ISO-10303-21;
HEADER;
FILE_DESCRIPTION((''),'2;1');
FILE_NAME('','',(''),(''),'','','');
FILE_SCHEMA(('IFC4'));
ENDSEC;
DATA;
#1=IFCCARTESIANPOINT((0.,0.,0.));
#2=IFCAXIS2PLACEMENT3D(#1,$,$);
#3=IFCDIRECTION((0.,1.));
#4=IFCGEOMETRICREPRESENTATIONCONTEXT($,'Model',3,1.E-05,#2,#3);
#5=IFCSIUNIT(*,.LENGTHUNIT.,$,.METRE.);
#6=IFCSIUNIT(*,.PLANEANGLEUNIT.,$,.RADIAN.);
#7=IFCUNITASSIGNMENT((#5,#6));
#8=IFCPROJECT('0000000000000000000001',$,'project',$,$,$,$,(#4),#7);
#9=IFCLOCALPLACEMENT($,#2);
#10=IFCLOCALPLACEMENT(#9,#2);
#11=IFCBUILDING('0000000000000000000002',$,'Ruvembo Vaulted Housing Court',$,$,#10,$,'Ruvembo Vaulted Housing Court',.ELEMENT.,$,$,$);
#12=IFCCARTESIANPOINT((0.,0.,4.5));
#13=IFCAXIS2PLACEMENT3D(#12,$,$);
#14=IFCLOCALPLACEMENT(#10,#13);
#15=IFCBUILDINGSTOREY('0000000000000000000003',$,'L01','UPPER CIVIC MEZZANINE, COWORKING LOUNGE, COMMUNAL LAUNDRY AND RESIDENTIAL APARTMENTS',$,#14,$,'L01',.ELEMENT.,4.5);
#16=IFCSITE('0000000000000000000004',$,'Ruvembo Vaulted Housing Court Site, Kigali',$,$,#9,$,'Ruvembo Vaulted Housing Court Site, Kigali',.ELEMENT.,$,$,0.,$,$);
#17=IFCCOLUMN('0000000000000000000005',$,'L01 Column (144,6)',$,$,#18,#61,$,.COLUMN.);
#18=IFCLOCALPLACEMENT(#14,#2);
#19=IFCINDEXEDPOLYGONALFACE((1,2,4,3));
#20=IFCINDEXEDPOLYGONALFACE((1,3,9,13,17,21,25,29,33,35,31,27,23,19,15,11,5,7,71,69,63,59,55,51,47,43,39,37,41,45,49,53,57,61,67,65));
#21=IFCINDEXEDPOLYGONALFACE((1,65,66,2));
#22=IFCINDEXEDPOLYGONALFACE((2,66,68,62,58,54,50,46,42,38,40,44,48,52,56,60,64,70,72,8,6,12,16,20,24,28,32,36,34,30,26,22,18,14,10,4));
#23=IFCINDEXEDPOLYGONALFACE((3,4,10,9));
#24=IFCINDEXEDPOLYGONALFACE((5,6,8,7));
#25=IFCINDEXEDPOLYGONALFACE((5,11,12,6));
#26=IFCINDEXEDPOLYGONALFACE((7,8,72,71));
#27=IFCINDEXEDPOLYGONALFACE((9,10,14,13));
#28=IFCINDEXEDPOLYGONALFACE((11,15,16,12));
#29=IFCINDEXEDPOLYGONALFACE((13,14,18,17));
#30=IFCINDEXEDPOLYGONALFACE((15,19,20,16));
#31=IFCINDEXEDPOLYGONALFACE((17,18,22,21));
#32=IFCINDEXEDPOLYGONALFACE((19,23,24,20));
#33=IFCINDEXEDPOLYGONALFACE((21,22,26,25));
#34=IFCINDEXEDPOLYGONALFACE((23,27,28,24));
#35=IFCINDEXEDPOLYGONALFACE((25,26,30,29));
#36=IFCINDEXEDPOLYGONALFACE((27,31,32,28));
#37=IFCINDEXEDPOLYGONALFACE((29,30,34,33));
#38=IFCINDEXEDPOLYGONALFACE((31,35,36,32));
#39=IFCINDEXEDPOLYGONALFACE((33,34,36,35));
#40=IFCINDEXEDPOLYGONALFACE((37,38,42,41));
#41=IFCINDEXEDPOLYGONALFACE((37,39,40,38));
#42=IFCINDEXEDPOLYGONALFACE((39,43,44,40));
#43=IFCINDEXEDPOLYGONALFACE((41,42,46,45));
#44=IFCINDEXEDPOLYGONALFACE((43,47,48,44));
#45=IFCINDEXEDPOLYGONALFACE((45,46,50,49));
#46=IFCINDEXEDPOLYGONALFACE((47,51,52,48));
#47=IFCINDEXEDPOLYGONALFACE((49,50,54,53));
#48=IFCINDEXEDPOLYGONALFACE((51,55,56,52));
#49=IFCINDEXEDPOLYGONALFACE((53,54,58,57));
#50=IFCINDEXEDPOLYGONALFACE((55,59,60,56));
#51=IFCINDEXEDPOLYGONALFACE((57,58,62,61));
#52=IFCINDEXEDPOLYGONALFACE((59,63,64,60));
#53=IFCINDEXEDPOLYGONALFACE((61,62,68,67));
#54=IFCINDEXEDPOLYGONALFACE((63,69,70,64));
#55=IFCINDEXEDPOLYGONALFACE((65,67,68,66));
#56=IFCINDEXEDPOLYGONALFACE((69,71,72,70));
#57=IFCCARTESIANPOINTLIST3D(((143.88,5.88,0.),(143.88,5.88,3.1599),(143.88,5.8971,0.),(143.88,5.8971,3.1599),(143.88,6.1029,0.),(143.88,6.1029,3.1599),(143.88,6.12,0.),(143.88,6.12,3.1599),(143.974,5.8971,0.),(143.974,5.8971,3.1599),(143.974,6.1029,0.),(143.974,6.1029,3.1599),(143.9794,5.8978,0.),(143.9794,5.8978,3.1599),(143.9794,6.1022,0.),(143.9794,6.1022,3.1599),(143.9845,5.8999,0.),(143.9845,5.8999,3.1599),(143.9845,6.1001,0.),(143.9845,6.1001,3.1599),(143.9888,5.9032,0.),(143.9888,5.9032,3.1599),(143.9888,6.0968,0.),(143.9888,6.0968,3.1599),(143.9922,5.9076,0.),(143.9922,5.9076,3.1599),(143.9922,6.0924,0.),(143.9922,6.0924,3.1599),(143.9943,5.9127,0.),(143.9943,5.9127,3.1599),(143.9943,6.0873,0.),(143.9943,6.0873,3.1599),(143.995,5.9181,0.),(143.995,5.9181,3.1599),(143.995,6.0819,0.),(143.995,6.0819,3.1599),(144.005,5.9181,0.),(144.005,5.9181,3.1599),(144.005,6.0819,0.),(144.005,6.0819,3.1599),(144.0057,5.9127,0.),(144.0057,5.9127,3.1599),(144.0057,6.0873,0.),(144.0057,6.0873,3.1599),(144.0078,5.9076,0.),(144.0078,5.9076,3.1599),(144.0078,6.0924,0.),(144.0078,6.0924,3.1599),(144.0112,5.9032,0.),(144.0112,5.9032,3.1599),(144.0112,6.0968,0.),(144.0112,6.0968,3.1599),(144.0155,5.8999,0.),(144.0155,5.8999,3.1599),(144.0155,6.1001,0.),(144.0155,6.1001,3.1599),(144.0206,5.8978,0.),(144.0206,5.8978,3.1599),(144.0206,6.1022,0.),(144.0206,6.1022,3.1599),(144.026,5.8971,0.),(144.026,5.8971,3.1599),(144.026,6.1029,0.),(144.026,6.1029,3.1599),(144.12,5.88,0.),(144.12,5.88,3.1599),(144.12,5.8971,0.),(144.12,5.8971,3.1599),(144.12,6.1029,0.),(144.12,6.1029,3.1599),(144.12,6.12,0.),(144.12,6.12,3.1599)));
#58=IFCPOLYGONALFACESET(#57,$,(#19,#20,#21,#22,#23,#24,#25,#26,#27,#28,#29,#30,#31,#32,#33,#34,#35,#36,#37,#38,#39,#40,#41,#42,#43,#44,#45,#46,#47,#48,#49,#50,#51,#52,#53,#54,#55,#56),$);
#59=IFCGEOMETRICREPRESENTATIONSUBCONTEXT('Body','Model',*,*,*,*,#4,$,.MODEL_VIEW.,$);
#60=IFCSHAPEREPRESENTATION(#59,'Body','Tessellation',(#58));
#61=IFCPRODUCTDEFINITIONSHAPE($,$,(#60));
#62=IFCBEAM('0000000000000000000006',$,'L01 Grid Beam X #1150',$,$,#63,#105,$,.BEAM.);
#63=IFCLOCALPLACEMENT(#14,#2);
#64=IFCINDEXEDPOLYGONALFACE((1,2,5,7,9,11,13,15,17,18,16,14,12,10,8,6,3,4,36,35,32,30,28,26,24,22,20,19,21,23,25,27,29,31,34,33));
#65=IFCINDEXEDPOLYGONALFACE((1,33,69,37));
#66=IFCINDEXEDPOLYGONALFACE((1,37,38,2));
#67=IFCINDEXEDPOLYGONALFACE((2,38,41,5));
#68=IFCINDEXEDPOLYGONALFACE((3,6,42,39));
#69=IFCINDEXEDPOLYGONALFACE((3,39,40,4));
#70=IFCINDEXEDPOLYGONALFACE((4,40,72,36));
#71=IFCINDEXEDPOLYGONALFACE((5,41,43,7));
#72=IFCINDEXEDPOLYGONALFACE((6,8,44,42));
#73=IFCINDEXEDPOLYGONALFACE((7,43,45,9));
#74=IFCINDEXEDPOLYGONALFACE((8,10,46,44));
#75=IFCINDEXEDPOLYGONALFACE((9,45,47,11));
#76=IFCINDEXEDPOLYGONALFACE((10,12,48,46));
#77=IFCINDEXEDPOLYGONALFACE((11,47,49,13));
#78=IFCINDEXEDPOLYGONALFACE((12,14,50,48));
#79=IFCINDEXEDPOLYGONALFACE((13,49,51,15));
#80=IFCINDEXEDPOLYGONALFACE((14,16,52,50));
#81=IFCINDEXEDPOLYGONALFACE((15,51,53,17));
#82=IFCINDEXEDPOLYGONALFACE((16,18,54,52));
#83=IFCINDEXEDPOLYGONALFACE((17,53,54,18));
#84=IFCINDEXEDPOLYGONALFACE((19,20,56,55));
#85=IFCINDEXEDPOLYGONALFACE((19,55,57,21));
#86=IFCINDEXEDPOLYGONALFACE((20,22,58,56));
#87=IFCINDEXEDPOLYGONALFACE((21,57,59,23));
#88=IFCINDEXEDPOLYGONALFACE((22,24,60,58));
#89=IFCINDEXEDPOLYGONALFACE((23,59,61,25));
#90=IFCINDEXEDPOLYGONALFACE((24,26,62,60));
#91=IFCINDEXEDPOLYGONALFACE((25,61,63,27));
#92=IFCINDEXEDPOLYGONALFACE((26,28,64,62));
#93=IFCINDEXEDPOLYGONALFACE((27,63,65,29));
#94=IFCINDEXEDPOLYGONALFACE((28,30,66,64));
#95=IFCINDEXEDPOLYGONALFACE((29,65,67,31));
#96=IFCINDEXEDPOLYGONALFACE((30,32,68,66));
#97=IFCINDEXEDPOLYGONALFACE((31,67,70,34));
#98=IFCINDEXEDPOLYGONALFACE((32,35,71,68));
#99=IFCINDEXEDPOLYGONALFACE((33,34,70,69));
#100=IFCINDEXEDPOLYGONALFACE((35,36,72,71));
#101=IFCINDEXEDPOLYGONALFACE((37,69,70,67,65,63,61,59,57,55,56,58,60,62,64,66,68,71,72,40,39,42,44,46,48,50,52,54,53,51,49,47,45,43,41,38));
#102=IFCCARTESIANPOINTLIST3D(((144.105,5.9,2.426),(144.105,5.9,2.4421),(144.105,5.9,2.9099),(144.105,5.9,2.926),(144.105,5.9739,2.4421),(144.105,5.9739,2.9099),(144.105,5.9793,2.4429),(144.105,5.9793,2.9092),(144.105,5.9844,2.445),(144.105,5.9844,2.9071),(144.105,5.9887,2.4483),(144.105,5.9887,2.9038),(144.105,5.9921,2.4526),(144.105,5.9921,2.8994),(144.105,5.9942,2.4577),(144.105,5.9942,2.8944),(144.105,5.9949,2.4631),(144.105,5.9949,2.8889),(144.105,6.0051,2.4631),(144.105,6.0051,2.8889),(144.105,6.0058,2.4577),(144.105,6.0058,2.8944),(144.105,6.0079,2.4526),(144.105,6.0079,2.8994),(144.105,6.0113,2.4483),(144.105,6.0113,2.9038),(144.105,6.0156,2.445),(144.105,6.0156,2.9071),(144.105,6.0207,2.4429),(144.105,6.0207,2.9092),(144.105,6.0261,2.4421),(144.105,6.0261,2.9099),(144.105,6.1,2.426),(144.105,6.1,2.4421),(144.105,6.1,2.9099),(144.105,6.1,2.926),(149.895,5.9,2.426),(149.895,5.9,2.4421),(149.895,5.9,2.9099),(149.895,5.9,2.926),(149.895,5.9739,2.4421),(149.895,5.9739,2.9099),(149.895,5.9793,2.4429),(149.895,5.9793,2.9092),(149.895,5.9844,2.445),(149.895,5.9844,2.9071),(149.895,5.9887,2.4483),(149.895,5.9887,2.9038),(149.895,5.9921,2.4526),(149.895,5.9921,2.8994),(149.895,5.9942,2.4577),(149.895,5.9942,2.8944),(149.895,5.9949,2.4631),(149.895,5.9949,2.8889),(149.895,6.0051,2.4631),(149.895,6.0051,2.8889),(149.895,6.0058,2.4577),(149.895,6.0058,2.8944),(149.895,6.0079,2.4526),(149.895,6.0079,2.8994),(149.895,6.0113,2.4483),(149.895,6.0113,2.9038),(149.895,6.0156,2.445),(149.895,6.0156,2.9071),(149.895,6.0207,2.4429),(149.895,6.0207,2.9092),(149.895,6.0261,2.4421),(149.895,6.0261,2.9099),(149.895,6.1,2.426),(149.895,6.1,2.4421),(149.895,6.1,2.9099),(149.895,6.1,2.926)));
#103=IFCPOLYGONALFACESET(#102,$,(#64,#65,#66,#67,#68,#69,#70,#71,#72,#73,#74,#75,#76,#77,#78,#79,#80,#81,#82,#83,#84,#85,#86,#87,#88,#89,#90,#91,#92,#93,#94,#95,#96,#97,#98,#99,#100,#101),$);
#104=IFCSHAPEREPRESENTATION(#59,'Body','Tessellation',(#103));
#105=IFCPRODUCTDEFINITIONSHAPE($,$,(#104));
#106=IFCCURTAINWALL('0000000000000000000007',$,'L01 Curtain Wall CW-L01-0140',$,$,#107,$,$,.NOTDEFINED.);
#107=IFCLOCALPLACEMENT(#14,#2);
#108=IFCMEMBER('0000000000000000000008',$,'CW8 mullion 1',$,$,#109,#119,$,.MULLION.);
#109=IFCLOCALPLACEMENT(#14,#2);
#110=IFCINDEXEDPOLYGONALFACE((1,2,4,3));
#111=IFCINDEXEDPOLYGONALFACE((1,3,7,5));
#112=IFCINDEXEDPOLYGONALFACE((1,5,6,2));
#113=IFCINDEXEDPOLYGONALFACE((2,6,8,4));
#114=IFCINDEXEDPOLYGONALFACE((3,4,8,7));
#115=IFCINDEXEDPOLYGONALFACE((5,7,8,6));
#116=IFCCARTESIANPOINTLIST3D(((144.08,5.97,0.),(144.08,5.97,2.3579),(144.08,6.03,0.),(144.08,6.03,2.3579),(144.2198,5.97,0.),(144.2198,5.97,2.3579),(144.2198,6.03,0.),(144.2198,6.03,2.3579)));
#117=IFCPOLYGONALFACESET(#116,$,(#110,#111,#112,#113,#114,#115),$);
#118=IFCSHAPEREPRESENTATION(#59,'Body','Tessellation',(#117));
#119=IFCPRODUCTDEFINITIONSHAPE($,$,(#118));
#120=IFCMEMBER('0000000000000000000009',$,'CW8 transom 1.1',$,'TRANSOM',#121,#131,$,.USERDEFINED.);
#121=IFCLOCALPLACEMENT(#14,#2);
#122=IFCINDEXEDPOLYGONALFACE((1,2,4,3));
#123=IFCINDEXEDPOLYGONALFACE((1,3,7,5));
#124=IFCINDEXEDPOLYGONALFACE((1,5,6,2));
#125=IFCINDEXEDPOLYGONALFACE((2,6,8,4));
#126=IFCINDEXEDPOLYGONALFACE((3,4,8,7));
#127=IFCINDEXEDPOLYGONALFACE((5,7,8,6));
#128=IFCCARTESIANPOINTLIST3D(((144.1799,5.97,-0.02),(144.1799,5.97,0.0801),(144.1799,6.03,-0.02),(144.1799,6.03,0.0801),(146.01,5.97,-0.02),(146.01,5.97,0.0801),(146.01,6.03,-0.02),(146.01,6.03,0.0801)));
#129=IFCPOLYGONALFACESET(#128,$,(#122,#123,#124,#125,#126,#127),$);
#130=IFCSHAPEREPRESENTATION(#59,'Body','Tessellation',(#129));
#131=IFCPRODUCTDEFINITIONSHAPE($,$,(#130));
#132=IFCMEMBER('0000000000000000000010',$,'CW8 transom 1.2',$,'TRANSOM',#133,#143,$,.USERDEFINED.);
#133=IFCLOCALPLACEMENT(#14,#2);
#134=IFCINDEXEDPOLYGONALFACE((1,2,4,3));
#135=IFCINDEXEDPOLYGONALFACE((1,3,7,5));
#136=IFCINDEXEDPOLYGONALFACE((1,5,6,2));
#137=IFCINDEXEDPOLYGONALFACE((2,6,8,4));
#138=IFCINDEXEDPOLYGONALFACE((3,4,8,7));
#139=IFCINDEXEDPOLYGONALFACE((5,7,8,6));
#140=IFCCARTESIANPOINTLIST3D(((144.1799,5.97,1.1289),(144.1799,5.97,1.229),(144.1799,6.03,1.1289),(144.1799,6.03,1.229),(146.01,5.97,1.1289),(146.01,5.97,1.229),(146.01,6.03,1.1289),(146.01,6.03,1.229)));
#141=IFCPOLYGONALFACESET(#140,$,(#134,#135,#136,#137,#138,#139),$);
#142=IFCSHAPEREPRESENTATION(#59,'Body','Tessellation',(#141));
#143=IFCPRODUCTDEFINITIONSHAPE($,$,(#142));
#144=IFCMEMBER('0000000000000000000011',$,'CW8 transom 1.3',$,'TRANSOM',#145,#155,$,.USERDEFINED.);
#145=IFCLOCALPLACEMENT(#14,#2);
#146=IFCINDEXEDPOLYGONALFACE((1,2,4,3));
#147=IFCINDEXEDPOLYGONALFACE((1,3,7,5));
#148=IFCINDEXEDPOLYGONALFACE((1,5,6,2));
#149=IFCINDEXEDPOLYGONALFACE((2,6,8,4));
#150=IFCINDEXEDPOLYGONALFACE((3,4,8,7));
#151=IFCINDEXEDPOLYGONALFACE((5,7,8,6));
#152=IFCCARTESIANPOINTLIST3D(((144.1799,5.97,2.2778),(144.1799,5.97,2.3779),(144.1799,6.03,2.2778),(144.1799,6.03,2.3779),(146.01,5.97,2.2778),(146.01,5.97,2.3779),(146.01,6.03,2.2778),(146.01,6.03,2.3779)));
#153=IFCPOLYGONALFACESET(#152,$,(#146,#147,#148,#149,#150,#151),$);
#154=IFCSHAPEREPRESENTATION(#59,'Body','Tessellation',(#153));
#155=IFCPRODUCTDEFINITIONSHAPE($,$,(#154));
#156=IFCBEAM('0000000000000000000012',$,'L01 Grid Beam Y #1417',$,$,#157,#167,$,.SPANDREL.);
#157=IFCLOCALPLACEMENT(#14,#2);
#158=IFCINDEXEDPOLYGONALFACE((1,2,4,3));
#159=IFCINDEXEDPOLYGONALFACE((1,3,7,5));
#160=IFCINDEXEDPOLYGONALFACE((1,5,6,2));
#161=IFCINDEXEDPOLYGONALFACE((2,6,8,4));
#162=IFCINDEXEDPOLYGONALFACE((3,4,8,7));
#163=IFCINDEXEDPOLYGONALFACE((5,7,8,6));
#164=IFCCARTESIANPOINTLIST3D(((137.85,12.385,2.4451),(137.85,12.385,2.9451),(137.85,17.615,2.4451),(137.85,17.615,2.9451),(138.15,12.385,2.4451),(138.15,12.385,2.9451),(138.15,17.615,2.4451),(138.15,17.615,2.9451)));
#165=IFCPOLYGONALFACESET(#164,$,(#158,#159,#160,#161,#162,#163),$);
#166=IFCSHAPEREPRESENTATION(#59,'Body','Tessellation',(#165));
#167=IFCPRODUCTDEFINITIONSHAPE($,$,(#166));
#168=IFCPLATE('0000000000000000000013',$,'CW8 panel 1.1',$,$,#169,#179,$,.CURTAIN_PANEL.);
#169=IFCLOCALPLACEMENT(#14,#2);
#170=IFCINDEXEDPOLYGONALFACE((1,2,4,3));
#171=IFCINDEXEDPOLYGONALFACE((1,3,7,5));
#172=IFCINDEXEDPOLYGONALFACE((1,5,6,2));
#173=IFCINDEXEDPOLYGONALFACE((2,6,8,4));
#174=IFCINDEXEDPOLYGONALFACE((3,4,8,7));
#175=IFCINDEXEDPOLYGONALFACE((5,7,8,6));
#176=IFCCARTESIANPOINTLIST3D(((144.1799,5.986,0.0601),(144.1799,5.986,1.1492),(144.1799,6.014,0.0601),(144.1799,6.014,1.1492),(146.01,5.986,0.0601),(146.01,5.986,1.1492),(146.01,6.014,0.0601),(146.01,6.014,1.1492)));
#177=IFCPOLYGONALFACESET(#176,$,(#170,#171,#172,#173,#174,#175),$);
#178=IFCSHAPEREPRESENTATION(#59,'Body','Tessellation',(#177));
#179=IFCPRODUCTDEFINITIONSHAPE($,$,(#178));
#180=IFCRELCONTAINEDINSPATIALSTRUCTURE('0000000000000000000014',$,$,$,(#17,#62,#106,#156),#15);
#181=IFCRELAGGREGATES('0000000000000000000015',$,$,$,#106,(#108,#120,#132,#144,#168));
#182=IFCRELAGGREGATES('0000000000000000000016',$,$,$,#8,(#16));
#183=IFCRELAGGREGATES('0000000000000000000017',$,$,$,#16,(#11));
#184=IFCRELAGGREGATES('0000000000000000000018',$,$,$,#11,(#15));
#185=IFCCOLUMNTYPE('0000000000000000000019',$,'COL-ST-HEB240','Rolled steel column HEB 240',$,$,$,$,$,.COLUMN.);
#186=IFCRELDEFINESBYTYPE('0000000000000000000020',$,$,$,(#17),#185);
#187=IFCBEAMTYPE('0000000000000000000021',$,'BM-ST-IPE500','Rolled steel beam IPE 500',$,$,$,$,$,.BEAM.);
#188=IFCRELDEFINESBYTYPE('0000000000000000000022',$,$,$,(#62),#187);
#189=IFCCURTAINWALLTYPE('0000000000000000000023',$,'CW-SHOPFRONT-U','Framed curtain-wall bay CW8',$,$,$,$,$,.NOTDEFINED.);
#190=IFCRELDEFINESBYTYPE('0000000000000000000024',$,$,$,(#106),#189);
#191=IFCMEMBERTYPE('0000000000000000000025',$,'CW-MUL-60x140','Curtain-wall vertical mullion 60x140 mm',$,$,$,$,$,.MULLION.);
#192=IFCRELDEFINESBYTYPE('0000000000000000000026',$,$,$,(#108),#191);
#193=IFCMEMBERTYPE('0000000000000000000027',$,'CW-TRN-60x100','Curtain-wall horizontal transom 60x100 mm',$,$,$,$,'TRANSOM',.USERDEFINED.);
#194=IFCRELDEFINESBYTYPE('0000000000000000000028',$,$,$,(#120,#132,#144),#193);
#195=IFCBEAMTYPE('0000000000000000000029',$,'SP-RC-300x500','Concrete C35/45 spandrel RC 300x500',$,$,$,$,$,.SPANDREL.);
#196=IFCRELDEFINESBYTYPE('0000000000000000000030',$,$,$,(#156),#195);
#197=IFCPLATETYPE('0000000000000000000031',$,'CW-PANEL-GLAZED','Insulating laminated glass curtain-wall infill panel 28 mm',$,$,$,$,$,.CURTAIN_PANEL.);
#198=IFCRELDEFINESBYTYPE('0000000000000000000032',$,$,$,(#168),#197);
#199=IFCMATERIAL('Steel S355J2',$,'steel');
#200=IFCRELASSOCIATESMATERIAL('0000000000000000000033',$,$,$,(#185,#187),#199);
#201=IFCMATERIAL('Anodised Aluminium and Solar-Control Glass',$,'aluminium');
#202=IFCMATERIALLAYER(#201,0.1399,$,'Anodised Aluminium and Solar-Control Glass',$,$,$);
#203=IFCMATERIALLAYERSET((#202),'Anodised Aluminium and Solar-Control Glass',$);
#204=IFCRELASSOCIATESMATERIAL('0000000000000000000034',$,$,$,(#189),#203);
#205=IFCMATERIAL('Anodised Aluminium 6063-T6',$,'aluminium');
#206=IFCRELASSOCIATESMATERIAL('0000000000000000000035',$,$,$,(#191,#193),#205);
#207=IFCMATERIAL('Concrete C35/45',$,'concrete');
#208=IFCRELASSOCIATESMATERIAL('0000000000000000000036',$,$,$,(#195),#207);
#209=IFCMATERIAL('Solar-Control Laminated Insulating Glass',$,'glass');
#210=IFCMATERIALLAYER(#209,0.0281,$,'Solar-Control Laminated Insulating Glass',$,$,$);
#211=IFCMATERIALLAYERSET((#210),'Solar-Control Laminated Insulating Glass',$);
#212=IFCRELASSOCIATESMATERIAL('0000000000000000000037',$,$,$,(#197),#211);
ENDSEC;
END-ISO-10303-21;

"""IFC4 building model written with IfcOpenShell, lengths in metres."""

from ifc_helpers import new_model, si_unit, direction, frame, origin, origin_2d, place, context, subcontext, project, spatial, rectangle, i_section, extrude, material, layer, layer_set, material_profile, profile_set, type_object, element, aggregate, save


model = new_model("IFC4")

# Units and contexts
model_context = context("Model", 3, precision=1e-05, world=origin(), true_north=direction((0.0, 1.0)))
body_context = subcontext(model_context, "Body", "Model", "MODEL_VIEW")
ifc_project = project(units=[si_unit("LENGTHUNIT", "METRE"), si_unit("PLANEANGLEUNIT", "RADIAN")], contexts=[model_context])

# Site, building, storey
site_placement = place(None, origin())
site = spatial("IfcSite", under=ifc_project, at=site_placement, Name="Ruvembo Vaulted Housing Court Site, Kigali", LongName="Ruvembo Vaulted Housing Court Site, Kigali", CompositionType="ELEMENT", RefElevation=0.0)
building_placement = place(site_placement, origin())
building = spatial("IfcBuilding", under=site, at=building_placement, Name="Ruvembo Vaulted Housing Court", LongName="Ruvembo Vaulted Housing Court", CompositionType="ELEMENT")
storey_placement = place(building_placement, frame((0.0, 0.0, 4.5)))
storey = spatial("IfcBuildingStorey", under=building, at=storey_placement, Name="L01", Description="UPPER CIVIC MEZZANINE, COWORKING LOUNGE, COMMUNAL LAUNDRY AND RESIDENTIAL APARTMENTS", LongName="L01", CompositionType="ELEMENT", Elevation=4.5)

# Column
ifc_material_1 = material(Name="Steel S355J2", Category="steel")
ifc_material_profile_1 = material_profile(ifc_material_1, i_section(OverallWidth=0.24, OverallDepth=0.24, WebThickness=0.01, FlangeThickness=0.0171, FilletRadius=0.021, at=origin_2d()), Name="HEB 240")
ifc_profile_set_1 = profile_set([ifc_material_profile_1], Name="Steel S355J2")
column_type = type_object("IfcColumnType", Name="COL-ST-HEB240", Description="Rolled steel column HEB 240", PredefinedType="COLUMN", material=ifc_profile_set_1)
column_placement = place(storey_placement, frame((144.0, 6.0, 0.0), z_axis=(0.0, 0.0, 1.0), x_axis=(1.0, 0.0, 0.0)))
element("IfcColumn", 1, at=column_placement, inside=storey, type_object=column_type, Name="L01 Column (144,6)", PredefinedType="COLUMN", context=body_context, shape_type="SweptSolid", body=[
    extrude(i_section(OverallWidth=0.24, OverallDepth=0.24, WebThickness=0.01, FlangeThickness=0.0171, FilletRadius=0.021, at=origin_2d()), origin(), (0.0, 0.0, 1.0), 3.1599),
])

# Beam
ifc_material_profile_2 = material_profile(ifc_material_1, i_section(OverallWidth=0.2, OverallDepth=0.5, WebThickness=0.0103, FlangeThickness=0.0161, FilletRadius=0.021, at=origin_2d()), Name="IPE 500")
ifc_profile_set_2 = profile_set([ifc_material_profile_2], Name="Steel S355J2")
beam_type_1 = type_object("IfcBeamType", Name="BM-ST-IPE500", Description="Rolled steel beam IPE 500", PredefinedType="BEAM", material=ifc_profile_set_2)
beam_1_placement = place(storey_placement, frame((144.105, 6.0, 2.676), z_axis=(1.0, 0.0, 0.0), x_axis=(0.0, 1.0, 0.0)))
element("IfcBeam", 2, at=beam_1_placement, inside=storey, type_object=beam_type_1, Name="L01 Grid Beam X #1150", PredefinedType="BEAM", context=body_context, shape_type="SweptSolid", body=[
    extrude(i_section(OverallWidth=0.2, OverallDepth=0.5, WebThickness=0.0103, FlangeThickness=0.0161, FilletRadius=0.021, at=origin_2d()), origin(), (0.0, 0.0, 1.0), 5.79),
])

# Curtain wall, members
ifc_material_2 = material(Name="Anodised Aluminium and Solar-Control Glass", Category="aluminium")
ifc_layer_1 = layer(ifc_material_2, 0.1399, Name="Anodised Aluminium and Solar-Control Glass")
ifc_layer_set_1 = layer_set([ifc_layer_1], Name="Anodised Aluminium and Solar-Control Glass")
curtain_wall_type = type_object("IfcCurtainWallType", Name="CW-SHOPFRONT-U", Description="Framed curtain-wall bay CW8", PredefinedType="NOTDEFINED", material=ifc_layer_set_1)
curtain_wall_placement = place(storey_placement, origin())
curtain_wall = element("IfcCurtainWall", 3, at=curtain_wall_placement, inside=storey, type_object=curtain_wall_type, Name="L01 Curtain Wall CW-L01-0140", PredefinedType="NOTDEFINED")
ifc_material_3 = material(Name="Anodised Aluminium 6063-T6", Category="aluminium")
ifc_material_profile_3 = material_profile(ifc_material_3, rectangle(XDim=0.0601, YDim=0.1399, at=origin_2d()), Name="ALU 60x140")
ifc_profile_set_3 = profile_set([ifc_material_profile_3], Name="Anodised Aluminium 6063-T6")
member_type_1 = type_object("IfcMemberType", Name="CW-MUL-60x140", Description="Curtain-wall vertical mullion 60x140 mm", PredefinedType="MULLION", material=ifc_profile_set_3)
member_1_placement = place(storey_placement, frame((144.1499, 6.0, 0.0), z_axis=(0.0, 0.0, 1.0), x_axis=(0.0, 1.0, 0.0)))
member_1 = element("IfcMember", 4, at=member_1_placement, type_object=member_type_1, Name="CW8 mullion 1", PredefinedType="MULLION", context=body_context, shape_type="SweptSolid", body=[
    extrude(rectangle(XDim=0.0601, YDim=0.1399, at=origin_2d()), origin(), (0.0, 0.0, 1.0), 2.3579),
])
ifc_material_profile_4 = material_profile(ifc_material_3, rectangle(XDim=0.0601, YDim=0.1001, at=origin_2d()), Name="ALU 60x100")
ifc_profile_set_4 = profile_set([ifc_material_profile_4], Name="Anodised Aluminium 6063-T6")
member_type_2 = type_object("IfcMemberType", Name="CW-TRN-60x100", Description="Curtain-wall horizontal transom 60x100 mm", ElementType="TRANSOM", PredefinedType="USERDEFINED", material=ifc_profile_set_4)
member_2_placement = place(storey_placement, frame((144.1799, 6.0, 0.03), z_axis=(1.0, 0.0, 0.0), x_axis=(0.0, 1.0, 0.0)))
member_2 = element("IfcMember", 5, at=member_2_placement, type_object=member_type_2, Name="CW8 transom 1.1", ObjectType="TRANSOM", PredefinedType="USERDEFINED", context=body_context, shape_type="SweptSolid", body=[
    extrude(rectangle(XDim=0.0601, YDim=0.1001, at=origin_2d()), origin(), (0.0, 0.0, 1.0), 1.8301),
])
member_3_placement = place(storey_placement, frame((144.1799, 6.0, 1.179), z_axis=(1.0, 0.0, 0.0), x_axis=(0.0, 1.0, 0.0)))
member_3 = element("IfcMember", 6, at=member_3_placement, type_object=member_type_2, Name="CW8 transom 1.2", ObjectType="TRANSOM", PredefinedType="USERDEFINED", context=body_context, shape_type="SweptSolid", body=[
    extrude(rectangle(XDim=0.0601, YDim=0.1001, at=origin_2d()), origin(), (0.0, 0.0, 1.0), 1.8301),
])
member_4_placement = place(storey_placement, frame((144.1799, 6.0, 2.3279), z_axis=(1.0, 0.0, 0.0), x_axis=(0.0, 1.0, 0.0)))
member_4 = element("IfcMember", 7, at=member_4_placement, type_object=member_type_2, Name="CW8 transom 1.3", ObjectType="TRANSOM", PredefinedType="USERDEFINED", context=body_context, shape_type="SweptSolid", body=[
    extrude(rectangle(XDim=0.0601, YDim=0.1001, at=origin_2d()), origin(), (0.0, 0.0, 1.0), 1.8301),
])

# Beam
ifc_material_4 = material(Name="Concrete C35/45", Category="concrete")
ifc_material_profile_5 = material_profile(ifc_material_4, rectangle(XDim=0.3, YDim=0.5, at=origin_2d()), Name="RC 300x500")
ifc_profile_set_5 = profile_set([ifc_material_profile_5], Name="Concrete C35/45")
beam_type_2 = type_object("IfcBeamType", Name="SP-RC-300x500", Description="Concrete C35/45 spandrel RC 300x500", PredefinedType="SPANDREL", material=ifc_profile_set_5)
beam_2_placement = place(storey_placement, frame((138.0, 12.385, 2.6951), z_axis=(0.0, 1.0, 0.0), x_axis=(-1.0, 0.0, 0.0)))
element("IfcBeam", 8, at=beam_2_placement, inside=storey, type_object=beam_type_2, Name="L01 Grid Beam Y #1417", PredefinedType="SPANDREL", context=body_context, shape_type="SweptSolid", body=[
    extrude(rectangle(XDim=0.3, YDim=0.5, at=origin_2d()), origin(), (0.0, 0.0, 1.0), 5.23),
])

# Plate
ifc_material_5 = material(Name="Solar-Control Laminated Insulating Glass", Category="glass")
ifc_layer_2 = layer(ifc_material_5, 0.0281, Name="Solar-Control Laminated Insulating Glass")
ifc_layer_set_2 = layer_set([ifc_layer_2], Name="Solar-Control Laminated Insulating Glass")
plate_type = type_object("IfcPlateType", Name="CW-PANEL-GLAZED", Description="Insulating laminated glass curtain-wall infill panel 28 mm", PredefinedType="CURTAIN_PANEL", material=ifc_layer_set_2)
plate_1_placement = place(storey_placement, frame((145.095, 6.0, 0.0601), z_axis=(0.0, 0.0, 1.0), x_axis=(1.0, 0.0, 0.0)))
plate_1 = element("IfcPlate", 9, at=plate_1_placement, type_object=plate_type, Name="CW8 panel 1.1", PredefinedType="CURTAIN_PANEL", context=body_context, shape_type="SweptSolid", body=[
    extrude(rectangle(XDim=1.8301, YDim=0.0281, at=origin_2d()), origin(), (0.0, 0.0, 1.0), 1.0891),
])
aggregate(curtain_wall, [member_1, member_2, member_3, member_4, plate_1])

save(model, "model.ifc")
